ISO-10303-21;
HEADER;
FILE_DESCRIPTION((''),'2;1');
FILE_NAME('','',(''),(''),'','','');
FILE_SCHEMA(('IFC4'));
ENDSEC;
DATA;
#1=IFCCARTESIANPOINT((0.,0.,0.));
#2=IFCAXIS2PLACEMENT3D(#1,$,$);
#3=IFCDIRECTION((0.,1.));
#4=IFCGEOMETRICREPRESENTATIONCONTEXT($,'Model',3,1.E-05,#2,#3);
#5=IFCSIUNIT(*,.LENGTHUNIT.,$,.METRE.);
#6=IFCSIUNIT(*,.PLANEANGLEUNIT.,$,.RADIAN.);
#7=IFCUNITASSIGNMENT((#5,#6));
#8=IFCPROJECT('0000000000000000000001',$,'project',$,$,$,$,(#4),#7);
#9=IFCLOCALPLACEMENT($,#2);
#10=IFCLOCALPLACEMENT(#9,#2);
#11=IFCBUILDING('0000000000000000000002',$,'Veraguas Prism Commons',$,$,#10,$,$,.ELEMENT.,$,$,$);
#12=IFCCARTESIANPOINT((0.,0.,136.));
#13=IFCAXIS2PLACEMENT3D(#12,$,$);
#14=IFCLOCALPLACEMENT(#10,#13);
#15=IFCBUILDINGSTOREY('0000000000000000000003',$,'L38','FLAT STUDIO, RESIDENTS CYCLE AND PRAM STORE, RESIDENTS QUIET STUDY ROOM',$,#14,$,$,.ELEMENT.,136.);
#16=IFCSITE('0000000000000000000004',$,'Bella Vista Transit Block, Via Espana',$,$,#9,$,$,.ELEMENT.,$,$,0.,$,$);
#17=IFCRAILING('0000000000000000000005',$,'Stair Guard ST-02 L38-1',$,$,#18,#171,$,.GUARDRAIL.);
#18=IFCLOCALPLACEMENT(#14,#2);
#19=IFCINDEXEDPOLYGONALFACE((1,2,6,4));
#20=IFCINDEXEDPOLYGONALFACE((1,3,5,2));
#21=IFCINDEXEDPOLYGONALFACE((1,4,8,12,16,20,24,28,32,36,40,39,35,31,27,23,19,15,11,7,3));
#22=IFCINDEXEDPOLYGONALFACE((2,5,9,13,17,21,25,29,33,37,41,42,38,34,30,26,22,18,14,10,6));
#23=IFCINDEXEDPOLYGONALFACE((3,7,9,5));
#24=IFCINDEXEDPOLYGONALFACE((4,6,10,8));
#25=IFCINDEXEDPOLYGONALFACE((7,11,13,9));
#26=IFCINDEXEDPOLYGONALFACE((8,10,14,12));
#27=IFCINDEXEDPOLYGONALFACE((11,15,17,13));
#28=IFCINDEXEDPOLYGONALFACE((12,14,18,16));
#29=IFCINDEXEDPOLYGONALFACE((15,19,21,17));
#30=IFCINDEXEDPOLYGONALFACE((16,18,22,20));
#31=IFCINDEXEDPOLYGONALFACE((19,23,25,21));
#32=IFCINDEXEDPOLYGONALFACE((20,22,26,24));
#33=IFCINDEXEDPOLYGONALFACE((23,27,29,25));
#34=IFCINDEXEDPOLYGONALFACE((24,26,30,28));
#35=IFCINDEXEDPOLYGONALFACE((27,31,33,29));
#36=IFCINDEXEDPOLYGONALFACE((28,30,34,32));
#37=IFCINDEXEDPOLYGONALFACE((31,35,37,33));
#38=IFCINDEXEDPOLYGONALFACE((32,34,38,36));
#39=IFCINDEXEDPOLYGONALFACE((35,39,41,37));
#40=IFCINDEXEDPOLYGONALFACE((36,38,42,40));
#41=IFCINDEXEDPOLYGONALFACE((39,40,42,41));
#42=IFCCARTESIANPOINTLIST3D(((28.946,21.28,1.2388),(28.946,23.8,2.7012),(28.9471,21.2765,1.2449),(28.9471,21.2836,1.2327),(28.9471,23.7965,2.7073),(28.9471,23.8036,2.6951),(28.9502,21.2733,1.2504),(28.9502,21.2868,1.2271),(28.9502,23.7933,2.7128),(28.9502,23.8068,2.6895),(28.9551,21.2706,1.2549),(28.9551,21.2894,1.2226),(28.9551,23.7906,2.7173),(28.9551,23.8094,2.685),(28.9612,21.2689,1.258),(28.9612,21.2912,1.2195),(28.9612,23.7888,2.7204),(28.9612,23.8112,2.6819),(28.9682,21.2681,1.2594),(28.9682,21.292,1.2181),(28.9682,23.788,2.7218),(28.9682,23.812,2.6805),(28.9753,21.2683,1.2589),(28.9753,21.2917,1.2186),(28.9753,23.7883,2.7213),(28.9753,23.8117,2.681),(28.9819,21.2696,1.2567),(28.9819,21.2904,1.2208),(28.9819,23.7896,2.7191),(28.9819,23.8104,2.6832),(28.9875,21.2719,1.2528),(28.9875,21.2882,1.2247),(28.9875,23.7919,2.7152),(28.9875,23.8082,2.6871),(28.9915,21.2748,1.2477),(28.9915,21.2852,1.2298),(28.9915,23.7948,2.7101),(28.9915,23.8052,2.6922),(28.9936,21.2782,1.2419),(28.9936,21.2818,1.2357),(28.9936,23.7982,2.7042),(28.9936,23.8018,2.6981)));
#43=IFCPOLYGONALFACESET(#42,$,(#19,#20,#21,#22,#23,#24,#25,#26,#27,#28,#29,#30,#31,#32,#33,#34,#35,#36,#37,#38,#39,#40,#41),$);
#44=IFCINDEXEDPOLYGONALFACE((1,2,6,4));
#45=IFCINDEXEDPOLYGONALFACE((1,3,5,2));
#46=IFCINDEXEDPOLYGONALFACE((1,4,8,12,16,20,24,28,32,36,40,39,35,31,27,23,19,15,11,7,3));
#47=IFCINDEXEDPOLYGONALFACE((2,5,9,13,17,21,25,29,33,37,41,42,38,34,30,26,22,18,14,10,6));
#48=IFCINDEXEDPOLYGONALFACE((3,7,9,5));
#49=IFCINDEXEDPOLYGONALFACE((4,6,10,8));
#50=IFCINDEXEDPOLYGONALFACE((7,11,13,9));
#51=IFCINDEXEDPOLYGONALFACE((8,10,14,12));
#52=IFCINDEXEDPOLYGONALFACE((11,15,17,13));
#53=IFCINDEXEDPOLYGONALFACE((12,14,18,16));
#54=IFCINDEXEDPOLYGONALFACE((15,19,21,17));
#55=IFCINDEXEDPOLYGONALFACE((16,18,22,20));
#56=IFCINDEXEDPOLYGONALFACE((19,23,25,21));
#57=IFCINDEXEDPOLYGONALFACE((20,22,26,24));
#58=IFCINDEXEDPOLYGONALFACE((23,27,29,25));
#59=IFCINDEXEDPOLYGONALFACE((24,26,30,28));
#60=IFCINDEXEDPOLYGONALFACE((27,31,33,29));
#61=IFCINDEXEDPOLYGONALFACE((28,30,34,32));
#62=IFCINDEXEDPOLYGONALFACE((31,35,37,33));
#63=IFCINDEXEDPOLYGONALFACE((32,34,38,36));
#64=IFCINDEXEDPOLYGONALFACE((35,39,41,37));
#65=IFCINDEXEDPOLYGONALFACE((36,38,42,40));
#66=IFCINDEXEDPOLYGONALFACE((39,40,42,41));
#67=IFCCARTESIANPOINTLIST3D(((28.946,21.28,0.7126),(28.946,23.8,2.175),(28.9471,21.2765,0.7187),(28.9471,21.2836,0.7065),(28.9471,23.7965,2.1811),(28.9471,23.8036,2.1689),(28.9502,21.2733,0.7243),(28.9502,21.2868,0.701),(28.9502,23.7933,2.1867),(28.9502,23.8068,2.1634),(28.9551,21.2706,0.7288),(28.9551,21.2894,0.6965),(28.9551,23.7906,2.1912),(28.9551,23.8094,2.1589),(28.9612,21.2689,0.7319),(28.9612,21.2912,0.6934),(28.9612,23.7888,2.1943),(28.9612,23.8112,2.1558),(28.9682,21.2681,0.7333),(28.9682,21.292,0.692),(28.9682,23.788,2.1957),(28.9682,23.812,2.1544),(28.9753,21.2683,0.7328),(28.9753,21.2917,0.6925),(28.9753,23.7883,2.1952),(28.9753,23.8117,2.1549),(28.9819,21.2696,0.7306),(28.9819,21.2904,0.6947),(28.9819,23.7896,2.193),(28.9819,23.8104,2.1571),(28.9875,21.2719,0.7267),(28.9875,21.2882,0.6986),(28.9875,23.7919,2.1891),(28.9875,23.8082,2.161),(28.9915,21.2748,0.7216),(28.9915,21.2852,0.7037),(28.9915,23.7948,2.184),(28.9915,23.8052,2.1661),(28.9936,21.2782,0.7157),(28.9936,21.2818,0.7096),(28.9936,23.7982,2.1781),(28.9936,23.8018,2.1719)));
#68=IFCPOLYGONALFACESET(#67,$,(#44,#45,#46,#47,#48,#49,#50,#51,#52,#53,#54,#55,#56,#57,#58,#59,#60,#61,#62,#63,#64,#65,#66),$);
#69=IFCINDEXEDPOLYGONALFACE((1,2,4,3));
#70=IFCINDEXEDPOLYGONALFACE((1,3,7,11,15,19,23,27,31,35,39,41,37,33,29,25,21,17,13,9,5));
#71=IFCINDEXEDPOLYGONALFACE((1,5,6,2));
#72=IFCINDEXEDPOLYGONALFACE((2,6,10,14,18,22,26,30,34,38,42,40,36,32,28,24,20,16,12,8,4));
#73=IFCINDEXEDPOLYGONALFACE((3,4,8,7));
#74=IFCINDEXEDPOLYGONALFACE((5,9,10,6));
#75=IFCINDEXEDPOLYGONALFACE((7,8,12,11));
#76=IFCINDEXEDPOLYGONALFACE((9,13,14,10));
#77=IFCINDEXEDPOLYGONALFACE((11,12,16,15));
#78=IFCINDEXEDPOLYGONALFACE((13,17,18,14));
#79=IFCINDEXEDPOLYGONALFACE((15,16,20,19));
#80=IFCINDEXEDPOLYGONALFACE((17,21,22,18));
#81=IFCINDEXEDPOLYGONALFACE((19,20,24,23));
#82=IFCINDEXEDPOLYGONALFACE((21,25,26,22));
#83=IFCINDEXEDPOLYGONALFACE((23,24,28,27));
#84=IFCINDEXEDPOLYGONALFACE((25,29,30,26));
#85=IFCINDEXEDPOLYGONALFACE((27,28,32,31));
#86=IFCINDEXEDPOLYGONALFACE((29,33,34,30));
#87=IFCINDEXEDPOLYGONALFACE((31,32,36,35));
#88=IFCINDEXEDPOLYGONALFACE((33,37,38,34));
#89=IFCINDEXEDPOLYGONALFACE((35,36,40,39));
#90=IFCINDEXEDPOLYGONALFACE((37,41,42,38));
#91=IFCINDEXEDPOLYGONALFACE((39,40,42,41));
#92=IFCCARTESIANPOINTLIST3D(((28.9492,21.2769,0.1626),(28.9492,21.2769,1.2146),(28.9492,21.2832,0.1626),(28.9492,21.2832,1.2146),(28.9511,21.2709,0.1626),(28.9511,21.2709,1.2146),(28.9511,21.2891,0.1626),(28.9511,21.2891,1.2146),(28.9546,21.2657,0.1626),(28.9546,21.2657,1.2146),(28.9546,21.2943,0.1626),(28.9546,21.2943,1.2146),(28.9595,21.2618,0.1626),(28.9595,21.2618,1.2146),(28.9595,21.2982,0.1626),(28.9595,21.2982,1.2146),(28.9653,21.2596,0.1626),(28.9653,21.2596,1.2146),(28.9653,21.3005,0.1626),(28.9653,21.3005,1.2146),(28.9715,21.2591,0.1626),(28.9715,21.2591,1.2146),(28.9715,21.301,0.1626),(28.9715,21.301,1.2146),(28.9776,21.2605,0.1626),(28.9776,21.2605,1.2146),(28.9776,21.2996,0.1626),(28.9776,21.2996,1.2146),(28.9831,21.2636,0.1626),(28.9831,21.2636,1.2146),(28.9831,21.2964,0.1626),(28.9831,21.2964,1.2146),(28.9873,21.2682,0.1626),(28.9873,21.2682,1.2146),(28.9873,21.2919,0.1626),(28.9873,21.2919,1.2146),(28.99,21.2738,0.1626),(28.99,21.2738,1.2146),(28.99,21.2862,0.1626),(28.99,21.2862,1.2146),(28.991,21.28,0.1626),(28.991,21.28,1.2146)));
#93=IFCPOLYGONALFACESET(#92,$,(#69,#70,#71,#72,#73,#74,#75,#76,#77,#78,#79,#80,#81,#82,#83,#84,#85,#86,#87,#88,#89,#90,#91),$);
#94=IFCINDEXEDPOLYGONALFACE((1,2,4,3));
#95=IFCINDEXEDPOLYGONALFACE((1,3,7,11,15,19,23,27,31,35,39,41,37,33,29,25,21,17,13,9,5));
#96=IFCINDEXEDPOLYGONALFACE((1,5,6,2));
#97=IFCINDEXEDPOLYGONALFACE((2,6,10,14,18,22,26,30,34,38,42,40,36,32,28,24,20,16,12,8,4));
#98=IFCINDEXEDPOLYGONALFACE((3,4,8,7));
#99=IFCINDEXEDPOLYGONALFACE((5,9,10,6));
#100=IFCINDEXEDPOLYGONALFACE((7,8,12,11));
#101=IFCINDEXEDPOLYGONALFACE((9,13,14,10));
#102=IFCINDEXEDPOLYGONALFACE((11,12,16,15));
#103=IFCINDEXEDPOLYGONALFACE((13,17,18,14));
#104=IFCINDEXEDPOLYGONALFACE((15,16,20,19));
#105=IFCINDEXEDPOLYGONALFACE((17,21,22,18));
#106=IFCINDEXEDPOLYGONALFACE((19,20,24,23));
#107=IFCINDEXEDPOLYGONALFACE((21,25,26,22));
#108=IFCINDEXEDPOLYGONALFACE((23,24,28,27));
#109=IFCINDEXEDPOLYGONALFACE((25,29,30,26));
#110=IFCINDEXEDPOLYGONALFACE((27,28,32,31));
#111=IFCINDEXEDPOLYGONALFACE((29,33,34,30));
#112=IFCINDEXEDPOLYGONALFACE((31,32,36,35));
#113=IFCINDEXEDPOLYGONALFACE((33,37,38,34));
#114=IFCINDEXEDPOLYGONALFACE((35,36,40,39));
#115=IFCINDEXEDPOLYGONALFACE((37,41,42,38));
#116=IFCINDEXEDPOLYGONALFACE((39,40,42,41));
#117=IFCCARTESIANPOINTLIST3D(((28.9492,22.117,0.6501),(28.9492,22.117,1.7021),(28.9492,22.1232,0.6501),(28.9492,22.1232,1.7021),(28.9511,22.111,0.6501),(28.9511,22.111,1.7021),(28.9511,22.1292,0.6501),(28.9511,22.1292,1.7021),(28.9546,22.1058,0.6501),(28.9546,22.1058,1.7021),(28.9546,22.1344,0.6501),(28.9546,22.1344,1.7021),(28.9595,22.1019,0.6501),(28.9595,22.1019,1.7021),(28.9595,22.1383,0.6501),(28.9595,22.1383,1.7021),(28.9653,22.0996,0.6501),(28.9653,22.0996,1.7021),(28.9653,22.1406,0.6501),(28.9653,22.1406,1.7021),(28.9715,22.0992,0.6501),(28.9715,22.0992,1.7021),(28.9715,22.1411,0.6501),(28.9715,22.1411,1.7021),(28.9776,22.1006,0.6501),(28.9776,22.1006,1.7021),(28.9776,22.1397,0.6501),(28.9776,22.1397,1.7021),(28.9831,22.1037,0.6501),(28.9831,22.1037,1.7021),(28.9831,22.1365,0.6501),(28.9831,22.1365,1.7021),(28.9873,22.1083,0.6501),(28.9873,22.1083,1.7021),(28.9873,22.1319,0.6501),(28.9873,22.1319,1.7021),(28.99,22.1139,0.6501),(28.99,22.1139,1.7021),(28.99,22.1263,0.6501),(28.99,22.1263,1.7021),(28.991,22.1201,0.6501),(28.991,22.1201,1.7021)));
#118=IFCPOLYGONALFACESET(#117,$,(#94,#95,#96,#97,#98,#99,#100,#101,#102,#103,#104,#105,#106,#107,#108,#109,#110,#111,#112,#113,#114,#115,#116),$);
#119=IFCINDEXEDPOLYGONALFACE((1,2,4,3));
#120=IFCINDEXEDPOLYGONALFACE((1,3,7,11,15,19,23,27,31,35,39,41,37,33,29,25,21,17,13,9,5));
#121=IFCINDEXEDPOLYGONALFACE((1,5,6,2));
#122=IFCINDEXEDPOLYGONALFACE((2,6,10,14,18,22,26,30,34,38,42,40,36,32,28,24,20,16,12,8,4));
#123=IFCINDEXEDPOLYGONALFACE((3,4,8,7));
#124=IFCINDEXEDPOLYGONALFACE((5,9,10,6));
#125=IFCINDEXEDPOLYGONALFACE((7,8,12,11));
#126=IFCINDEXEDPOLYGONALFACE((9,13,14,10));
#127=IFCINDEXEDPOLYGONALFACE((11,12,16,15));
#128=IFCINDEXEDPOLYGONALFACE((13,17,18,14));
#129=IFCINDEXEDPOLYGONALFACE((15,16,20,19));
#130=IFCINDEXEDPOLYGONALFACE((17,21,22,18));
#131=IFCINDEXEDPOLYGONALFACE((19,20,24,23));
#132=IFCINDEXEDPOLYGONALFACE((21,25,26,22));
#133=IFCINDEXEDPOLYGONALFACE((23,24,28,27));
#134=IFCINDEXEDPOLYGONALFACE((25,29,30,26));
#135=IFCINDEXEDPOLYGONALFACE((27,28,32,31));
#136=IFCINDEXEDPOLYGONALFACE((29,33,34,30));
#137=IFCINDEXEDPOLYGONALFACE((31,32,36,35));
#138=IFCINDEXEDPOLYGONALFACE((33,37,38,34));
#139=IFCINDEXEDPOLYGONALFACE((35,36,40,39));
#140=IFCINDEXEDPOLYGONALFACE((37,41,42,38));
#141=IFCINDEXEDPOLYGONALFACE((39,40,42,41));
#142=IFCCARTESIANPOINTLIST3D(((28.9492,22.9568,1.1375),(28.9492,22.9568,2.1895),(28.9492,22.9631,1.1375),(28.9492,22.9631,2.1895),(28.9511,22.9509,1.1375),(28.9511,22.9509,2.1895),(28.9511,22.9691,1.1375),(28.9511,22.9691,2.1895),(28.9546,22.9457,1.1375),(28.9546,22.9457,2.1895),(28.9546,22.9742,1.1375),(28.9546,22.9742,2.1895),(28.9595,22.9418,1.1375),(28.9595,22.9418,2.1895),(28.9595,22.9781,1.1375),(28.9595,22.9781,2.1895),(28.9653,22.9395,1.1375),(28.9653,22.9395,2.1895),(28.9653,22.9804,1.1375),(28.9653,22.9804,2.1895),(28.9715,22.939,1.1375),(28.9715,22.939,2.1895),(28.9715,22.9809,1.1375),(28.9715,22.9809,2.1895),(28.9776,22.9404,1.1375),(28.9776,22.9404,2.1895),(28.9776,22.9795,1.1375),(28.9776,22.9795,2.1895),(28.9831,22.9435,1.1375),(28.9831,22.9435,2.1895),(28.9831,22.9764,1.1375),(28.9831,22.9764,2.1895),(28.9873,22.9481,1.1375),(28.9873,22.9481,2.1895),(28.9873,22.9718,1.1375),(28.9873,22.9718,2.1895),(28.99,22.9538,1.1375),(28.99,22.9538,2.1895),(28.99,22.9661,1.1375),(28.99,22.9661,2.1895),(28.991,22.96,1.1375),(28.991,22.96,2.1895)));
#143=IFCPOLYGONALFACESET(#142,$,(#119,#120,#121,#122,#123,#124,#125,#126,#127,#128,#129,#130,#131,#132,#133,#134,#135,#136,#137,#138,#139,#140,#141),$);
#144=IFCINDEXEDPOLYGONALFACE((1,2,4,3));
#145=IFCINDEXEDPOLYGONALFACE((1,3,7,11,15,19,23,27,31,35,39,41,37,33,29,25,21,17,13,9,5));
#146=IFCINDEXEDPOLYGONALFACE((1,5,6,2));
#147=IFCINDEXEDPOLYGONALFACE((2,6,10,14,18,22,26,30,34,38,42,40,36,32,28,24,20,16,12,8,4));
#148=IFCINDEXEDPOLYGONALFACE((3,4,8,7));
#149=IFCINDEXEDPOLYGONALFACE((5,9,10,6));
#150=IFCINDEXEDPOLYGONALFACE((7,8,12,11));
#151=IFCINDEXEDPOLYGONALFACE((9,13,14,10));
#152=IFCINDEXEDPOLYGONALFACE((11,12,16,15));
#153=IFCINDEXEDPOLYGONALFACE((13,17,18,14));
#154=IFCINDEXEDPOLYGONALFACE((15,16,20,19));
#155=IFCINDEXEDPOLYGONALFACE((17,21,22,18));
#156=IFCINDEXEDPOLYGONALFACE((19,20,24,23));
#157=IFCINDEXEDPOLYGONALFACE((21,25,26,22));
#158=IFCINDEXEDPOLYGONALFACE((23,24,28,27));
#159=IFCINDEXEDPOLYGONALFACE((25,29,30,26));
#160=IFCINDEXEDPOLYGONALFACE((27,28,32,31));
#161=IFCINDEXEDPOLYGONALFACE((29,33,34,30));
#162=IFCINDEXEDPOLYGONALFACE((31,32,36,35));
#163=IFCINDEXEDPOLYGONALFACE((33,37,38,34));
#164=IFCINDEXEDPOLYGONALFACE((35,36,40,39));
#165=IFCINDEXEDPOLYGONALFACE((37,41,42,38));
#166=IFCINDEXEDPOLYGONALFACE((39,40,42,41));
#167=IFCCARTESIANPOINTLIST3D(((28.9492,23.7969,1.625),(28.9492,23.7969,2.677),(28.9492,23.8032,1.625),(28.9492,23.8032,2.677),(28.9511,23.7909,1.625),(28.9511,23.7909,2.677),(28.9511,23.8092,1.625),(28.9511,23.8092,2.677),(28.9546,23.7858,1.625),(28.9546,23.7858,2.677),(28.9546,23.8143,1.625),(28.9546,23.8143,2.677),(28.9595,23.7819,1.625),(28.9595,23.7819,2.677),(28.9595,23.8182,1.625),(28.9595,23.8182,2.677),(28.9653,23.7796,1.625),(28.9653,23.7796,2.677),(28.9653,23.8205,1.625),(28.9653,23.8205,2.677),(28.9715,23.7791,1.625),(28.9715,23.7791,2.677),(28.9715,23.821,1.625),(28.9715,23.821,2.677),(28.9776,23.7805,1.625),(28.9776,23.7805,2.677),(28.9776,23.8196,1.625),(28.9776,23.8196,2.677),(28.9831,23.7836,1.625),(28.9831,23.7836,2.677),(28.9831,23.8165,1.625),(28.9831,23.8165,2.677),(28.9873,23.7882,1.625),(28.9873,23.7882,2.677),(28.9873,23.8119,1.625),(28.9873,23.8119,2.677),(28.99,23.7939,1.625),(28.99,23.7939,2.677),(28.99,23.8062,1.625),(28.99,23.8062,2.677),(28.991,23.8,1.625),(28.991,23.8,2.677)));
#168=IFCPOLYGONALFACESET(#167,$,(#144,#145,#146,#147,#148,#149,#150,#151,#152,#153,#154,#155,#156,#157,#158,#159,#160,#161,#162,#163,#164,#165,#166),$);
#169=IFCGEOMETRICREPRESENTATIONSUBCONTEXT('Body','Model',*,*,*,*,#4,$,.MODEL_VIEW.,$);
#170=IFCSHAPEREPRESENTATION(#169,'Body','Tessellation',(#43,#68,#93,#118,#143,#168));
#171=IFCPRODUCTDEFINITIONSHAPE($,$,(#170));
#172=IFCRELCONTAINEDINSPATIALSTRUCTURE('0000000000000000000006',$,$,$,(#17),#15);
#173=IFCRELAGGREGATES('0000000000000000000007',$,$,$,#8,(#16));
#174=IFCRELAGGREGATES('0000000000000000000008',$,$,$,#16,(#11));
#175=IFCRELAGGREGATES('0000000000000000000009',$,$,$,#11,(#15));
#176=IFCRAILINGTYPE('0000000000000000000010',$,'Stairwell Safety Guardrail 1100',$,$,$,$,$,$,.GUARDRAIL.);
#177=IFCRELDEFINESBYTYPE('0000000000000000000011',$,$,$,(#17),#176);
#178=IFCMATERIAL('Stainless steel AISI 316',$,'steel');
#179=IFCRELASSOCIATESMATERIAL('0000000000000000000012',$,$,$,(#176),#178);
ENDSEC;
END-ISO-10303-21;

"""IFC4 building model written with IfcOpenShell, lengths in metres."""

from ifc_helpers import new_model, si_unit, direction, frame, origin, origin_2d, place, context, subcontext, project, spatial, circle, extrude, material, type_object, element, save


model = new_model("IFC4")

# Units and contexts
model_context = context("Model", 3, precision=1e-05, world=origin(), true_north=direction((0.0, 1.0)))
body_context = subcontext(model_context, "Body", "Model", "MODEL_VIEW")
ifc_project = project(units=[si_unit("LENGTHUNIT", "METRE"), si_unit("PLANEANGLEUNIT", "RADIAN")], contexts=[model_context])

# Site, building, storey
site_placement = place(None, origin())
site = spatial("IfcSite", under=ifc_project, at=site_placement, Name="Bella Vista Transit Block, Via Espana", CompositionType="ELEMENT", RefElevation=0.0)
building_placement = place(site_placement, origin())
building = spatial("IfcBuilding", under=site, at=building_placement, Name="Veraguas Prism Commons", CompositionType="ELEMENT")
storey_placement = place(building_placement, frame((0.0, 0.0, 136.0)))
storey = spatial("IfcBuildingStorey", under=building, at=storey_placement, Name="L38", Description="FLAT STUDIO, RESIDENTS CYCLE AND PRAM STORE, RESIDENTS QUIET STUDY ROOM", CompositionType="ELEMENT", Elevation=136.0)

# Shared definitions
ifc_material_1 = material(Name="Stainless steel AISI 316", Category="steel")

# Railing
railing_type_1 = type_object("IfcRailingType", Name="Stairwell Safety Guardrail 1100", PredefinedType="GUARDRAIL", material=ifc_material_1)
railing_1_placement = place(storey_placement, frame((28.97, 21.28, 0.1626)))
element("IfcRailing", 1, at=railing_1_placement, inside=storey, type_object=railing_type_1, Name="Stair Guard ST-02 L38-1", PredefinedType="GUARDRAIL", context=body_context, shape_type="SweptSolid", body=[
    extrude(circle(Radius=0.0239, at=origin_2d()), frame((0.0, 0.0, 1.0762), z_axis=(0.0, 0.864913, 0.501921), x_axis=(-1.0, 0.0, 0.0)), (0.0, 0.0, 1.0), 2.9136),
    extrude(circle(Radius=0.0239, at=origin_2d()), frame((0.0, 0.0, 0.55), z_axis=(0.0, 0.864913, 0.501921), x_axis=(-1.0, 0.0, 0.0)), (0.0, 0.0, 1.0), 2.9136),
    extrude(circle(Radius=0.021, at=origin_2d()), origin(), (0.0, 0.0, 1.0), 1.052),
    extrude(circle(Radius=0.021, at=origin_2d()), frame((0.0, 0.8401, 0.4875)), (0.0, 0.0, 1.0), 1.052),
    extrude(circle(Radius=0.021, at=origin_2d()), frame((0.0, 1.6799, 0.9749)), (0.0, 0.0, 1.0), 1.052),
    extrude(circle(Radius=0.021, at=origin_2d()), frame((0.0, 2.52, 1.4624)), (0.0, 0.0, 1.0), 1.052),
])

save(model, "model.ifc")
